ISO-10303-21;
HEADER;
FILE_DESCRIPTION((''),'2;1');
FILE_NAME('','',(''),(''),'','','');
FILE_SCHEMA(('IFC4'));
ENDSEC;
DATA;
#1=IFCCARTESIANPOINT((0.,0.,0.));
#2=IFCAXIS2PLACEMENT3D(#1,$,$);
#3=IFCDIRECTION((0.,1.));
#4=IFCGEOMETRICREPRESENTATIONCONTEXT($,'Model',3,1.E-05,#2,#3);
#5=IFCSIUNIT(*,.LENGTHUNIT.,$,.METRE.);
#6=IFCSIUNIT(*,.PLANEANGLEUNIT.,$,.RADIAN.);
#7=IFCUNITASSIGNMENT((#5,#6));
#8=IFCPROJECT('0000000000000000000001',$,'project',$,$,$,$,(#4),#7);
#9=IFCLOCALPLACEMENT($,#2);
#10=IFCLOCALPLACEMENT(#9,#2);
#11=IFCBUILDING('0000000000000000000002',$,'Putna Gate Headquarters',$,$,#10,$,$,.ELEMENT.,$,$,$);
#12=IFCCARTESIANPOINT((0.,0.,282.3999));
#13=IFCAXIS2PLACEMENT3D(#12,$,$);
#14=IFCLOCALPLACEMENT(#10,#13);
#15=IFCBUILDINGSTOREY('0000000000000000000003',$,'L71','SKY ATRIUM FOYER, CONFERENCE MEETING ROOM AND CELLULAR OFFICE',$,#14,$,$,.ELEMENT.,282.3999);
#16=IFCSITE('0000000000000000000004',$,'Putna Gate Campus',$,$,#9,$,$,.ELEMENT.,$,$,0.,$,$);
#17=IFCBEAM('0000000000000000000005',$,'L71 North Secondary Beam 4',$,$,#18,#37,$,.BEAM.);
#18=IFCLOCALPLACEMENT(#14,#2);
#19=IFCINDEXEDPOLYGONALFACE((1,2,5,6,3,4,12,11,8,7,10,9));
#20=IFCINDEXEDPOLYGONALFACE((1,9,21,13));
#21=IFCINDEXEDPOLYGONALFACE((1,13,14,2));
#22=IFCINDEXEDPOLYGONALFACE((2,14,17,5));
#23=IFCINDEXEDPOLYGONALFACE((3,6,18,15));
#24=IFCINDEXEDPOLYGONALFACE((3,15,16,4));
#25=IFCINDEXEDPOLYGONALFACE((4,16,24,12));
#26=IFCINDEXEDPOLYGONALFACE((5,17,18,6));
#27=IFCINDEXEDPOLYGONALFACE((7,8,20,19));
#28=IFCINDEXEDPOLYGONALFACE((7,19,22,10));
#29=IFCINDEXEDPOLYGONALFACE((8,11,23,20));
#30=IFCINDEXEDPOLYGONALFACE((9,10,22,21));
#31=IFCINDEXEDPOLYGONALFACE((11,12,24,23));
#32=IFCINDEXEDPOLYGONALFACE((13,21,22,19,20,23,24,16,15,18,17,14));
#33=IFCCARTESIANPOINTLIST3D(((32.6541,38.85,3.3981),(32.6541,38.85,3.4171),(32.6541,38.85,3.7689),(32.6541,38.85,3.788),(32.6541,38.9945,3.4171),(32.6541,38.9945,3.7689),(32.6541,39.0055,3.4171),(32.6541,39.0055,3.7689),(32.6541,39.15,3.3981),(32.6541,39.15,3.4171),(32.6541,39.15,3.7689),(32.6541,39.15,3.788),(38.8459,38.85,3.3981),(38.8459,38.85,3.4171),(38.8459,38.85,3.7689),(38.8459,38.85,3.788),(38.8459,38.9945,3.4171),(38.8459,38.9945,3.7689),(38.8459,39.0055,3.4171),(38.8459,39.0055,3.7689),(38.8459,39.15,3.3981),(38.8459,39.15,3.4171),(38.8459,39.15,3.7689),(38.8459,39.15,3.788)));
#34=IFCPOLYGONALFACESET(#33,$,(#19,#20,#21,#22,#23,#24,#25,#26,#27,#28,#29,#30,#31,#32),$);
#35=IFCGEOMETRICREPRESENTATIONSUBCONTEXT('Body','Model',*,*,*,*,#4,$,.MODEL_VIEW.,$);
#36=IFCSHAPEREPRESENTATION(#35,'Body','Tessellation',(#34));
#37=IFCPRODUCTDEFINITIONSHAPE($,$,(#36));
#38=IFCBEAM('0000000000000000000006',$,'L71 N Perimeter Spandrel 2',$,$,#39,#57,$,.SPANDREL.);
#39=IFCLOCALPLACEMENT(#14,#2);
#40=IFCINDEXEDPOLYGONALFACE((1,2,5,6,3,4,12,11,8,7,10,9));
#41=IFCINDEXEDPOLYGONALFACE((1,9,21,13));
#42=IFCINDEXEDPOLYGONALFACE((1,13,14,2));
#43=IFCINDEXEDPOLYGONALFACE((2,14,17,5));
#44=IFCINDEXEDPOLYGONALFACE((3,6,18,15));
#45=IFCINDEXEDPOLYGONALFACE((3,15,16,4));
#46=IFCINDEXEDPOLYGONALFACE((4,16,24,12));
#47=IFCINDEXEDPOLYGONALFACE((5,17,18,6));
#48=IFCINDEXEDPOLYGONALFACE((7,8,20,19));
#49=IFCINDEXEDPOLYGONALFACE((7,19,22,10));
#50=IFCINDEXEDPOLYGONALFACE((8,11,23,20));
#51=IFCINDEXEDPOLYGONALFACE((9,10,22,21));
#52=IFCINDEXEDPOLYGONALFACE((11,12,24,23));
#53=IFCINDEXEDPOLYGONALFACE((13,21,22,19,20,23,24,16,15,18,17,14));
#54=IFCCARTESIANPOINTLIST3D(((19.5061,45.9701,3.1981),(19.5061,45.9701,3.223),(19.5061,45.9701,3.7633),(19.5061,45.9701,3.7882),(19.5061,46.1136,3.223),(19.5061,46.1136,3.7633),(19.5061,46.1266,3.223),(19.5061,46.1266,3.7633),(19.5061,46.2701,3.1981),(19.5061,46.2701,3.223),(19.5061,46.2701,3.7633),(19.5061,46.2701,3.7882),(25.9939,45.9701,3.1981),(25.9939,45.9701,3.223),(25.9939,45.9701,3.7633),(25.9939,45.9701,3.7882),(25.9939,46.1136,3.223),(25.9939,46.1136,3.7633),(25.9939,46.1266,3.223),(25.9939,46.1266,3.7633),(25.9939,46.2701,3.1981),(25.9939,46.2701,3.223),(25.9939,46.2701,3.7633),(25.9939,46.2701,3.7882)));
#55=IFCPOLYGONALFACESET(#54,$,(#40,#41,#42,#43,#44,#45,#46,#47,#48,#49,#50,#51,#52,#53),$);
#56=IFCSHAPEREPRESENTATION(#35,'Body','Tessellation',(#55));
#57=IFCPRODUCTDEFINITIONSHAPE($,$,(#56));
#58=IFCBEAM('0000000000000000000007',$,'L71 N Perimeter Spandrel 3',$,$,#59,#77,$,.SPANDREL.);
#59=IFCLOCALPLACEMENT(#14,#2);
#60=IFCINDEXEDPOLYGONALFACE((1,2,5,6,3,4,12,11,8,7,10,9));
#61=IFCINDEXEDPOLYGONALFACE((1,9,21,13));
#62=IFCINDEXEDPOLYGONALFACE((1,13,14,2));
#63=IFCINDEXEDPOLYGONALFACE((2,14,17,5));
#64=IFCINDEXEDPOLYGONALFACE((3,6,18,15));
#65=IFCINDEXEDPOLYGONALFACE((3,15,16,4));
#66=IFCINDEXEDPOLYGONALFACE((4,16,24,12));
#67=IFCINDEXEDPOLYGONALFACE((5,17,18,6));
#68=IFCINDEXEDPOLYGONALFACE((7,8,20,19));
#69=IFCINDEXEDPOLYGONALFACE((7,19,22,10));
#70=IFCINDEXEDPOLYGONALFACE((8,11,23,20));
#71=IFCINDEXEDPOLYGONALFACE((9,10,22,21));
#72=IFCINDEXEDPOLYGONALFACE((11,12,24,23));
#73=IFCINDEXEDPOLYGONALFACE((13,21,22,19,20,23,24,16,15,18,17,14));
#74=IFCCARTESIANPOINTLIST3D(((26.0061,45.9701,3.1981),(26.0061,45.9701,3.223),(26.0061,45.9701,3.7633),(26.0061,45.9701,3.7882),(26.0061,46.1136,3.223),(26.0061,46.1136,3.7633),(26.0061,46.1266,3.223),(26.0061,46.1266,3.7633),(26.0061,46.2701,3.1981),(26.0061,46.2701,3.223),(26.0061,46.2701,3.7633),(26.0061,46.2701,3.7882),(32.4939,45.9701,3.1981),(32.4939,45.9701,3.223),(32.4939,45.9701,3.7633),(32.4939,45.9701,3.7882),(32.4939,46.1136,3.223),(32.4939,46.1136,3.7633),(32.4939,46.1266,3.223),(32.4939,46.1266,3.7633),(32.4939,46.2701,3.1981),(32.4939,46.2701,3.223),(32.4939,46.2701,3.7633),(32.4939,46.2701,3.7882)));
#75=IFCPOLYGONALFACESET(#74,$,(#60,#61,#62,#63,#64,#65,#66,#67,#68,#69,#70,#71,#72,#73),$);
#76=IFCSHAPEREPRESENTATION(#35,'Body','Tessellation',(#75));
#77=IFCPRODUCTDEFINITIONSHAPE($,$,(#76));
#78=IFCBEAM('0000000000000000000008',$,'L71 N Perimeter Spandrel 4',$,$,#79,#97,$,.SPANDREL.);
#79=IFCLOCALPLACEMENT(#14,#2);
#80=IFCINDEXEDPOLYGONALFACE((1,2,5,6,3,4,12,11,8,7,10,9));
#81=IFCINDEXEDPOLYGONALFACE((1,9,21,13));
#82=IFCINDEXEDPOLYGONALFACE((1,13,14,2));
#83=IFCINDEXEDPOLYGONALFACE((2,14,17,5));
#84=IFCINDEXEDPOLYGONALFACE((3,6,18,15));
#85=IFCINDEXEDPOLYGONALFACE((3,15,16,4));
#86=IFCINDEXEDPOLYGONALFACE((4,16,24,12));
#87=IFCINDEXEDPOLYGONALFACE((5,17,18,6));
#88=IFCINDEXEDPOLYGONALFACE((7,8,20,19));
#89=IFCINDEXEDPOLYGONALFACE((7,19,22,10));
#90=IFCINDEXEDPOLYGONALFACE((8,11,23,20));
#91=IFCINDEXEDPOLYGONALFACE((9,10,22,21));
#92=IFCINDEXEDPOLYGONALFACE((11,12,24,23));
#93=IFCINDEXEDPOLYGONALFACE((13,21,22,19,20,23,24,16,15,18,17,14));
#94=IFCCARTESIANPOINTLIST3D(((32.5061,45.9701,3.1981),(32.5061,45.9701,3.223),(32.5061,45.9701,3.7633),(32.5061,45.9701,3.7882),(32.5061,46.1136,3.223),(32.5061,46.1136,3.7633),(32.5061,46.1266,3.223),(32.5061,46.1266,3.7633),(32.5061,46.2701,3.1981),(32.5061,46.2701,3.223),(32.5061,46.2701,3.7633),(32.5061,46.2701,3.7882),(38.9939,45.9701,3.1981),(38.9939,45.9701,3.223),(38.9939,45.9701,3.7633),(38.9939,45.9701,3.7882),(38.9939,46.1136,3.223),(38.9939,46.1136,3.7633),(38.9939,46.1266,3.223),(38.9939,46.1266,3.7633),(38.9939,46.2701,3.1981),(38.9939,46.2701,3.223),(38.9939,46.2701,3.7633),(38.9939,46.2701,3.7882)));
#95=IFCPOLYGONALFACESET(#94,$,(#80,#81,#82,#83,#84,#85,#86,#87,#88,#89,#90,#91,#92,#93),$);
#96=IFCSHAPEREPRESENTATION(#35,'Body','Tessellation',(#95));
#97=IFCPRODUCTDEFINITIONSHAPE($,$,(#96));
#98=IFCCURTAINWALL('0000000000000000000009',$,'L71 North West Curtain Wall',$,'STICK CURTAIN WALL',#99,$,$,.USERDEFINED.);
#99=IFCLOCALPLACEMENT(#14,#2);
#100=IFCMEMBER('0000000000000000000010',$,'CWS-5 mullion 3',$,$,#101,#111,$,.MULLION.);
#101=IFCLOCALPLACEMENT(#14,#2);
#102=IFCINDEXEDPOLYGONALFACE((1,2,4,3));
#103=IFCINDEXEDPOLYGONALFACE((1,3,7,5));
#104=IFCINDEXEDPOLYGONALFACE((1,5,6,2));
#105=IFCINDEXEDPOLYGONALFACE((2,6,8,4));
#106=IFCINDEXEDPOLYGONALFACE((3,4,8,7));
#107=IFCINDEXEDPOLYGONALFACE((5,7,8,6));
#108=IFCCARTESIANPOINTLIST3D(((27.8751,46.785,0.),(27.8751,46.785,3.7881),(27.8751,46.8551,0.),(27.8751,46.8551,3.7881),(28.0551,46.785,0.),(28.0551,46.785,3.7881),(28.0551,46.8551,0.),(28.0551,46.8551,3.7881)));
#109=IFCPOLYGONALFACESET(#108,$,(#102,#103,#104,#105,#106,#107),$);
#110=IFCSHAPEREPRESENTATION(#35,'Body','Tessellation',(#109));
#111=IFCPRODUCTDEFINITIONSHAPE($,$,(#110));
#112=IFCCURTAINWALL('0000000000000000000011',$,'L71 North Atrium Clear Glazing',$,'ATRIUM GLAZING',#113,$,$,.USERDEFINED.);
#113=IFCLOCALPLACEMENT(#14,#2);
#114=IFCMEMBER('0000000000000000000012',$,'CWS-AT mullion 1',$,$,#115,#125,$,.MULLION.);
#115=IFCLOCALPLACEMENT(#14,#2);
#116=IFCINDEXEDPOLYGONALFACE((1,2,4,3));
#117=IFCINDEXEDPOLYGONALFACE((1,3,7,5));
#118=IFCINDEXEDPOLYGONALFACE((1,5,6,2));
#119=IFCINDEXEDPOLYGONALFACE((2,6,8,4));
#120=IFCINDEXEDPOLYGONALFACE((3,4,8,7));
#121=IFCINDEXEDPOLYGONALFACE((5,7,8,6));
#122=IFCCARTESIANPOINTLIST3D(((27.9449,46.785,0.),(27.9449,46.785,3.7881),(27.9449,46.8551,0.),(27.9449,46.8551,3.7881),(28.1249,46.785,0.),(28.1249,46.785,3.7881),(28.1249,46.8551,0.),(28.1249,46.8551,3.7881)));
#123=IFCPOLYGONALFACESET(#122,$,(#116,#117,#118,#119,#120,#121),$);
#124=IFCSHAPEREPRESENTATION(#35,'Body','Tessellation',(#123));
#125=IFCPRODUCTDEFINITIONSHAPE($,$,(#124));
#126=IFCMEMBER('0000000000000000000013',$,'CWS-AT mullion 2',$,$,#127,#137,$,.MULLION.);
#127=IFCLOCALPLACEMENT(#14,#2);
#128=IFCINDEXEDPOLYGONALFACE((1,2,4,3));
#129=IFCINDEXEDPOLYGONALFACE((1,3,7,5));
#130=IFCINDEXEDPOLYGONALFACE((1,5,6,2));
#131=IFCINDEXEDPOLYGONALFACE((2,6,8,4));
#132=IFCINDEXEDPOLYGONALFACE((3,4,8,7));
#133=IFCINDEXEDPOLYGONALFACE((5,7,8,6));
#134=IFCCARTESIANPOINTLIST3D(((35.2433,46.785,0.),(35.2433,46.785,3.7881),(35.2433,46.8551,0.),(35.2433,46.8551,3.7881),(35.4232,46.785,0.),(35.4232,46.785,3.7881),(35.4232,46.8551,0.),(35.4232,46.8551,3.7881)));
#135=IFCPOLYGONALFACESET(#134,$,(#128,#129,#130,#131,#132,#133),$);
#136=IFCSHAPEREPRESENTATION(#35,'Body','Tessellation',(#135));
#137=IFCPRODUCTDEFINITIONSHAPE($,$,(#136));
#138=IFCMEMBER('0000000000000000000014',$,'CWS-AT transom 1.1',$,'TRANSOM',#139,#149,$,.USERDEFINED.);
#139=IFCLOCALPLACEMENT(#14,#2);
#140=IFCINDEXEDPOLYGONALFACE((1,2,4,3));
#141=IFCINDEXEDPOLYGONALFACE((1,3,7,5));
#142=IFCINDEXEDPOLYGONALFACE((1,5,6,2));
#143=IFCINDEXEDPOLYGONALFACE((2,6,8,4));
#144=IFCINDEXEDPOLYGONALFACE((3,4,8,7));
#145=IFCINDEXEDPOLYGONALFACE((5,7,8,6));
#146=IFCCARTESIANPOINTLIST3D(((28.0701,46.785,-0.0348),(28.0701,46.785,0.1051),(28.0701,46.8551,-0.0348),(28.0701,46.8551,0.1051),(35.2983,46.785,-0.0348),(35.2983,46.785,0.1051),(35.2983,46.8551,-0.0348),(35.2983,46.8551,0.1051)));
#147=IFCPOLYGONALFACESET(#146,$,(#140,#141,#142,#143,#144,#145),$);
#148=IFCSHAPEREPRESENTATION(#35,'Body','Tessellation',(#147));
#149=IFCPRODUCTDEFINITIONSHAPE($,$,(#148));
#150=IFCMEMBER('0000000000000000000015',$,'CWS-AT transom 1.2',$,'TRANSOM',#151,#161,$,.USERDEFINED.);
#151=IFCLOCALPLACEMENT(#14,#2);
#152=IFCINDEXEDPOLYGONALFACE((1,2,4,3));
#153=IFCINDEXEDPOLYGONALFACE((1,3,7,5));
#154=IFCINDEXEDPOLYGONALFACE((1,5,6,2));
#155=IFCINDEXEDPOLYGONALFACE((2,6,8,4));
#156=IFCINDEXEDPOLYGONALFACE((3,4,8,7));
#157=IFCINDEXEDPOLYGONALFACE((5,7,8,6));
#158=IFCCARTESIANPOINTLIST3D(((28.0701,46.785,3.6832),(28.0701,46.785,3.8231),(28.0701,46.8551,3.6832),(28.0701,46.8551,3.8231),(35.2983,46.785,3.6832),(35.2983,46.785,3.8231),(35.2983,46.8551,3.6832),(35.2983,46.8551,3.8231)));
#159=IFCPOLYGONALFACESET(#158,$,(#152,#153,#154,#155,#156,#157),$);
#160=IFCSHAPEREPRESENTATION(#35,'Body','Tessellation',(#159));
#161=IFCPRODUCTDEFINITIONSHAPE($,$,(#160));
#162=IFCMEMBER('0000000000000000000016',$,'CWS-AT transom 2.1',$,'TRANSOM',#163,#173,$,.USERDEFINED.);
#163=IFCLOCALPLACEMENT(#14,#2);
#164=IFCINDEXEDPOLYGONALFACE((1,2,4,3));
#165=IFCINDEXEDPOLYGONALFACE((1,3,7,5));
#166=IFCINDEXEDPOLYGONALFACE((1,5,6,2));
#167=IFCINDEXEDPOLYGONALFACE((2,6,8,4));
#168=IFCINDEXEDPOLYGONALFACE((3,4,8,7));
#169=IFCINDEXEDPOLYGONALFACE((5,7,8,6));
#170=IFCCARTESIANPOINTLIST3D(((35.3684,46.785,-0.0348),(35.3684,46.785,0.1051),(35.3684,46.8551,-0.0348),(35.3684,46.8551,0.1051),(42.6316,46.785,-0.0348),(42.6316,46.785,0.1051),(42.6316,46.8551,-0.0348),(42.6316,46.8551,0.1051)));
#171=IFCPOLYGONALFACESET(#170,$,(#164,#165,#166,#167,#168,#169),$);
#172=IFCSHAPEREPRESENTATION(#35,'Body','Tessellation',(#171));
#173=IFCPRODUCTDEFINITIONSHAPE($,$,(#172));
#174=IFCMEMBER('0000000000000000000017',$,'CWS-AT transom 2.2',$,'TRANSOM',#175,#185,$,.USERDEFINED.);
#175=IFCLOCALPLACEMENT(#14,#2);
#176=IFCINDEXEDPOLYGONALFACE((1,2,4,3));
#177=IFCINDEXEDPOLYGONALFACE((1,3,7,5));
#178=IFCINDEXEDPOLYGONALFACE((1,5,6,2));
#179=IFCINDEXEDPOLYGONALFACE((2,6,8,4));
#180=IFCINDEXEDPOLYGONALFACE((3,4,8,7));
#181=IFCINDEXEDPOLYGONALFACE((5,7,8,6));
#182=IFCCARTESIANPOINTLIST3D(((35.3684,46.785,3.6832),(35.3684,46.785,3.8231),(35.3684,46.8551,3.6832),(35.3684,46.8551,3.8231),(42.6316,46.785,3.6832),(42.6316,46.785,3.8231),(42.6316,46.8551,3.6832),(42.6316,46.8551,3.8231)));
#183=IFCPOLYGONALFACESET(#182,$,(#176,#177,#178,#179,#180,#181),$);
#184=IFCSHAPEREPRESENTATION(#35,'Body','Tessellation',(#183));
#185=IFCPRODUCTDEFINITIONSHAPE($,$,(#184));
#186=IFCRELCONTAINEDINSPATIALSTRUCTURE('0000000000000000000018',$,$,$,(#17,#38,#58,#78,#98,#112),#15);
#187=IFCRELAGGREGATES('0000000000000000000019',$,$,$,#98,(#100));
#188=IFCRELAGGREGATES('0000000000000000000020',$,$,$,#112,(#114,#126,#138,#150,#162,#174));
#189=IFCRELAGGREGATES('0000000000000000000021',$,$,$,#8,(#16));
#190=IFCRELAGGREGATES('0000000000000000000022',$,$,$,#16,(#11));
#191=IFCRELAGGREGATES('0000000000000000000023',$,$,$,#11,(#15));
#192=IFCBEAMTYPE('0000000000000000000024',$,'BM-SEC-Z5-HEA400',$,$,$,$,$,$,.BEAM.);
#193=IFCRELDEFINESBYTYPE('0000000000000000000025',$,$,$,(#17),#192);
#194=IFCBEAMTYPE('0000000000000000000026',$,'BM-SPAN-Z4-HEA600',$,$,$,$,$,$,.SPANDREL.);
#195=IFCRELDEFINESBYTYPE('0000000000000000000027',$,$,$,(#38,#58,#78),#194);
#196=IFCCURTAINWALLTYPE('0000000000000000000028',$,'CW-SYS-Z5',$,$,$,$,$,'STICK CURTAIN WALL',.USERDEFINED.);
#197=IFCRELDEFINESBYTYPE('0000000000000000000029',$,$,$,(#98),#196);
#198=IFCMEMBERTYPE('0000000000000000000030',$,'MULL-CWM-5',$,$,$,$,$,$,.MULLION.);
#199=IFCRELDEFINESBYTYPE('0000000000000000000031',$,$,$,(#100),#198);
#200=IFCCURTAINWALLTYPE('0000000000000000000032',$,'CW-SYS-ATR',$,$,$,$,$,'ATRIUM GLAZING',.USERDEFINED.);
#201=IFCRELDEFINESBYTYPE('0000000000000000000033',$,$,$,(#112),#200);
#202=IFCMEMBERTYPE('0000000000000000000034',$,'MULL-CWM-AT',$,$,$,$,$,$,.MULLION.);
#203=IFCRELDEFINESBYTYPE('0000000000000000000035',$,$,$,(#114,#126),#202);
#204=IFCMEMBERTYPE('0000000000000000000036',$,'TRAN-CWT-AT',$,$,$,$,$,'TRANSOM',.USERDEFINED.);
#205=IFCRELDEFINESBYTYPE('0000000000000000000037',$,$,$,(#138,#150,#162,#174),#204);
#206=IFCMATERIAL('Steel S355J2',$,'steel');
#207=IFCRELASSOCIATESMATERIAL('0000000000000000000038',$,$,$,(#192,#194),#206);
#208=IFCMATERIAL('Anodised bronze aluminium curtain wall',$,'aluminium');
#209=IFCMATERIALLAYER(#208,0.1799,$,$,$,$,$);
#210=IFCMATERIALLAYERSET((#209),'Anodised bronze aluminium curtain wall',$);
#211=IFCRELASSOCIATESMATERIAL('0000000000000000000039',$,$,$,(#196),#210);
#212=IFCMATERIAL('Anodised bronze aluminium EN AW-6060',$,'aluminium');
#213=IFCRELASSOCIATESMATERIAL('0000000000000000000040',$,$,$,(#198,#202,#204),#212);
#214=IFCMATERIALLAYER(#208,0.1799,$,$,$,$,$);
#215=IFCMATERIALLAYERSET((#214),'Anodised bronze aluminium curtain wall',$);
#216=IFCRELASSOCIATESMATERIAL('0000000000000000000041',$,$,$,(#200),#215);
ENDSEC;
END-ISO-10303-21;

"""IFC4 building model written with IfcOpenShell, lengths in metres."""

from ifc_helpers import new_model, si_unit, direction, frame, origin, origin_2d, place, context, subcontext, project, spatial, rectangle, i_section, extrude, material, layer, layer_set, material_profile, profile_set, type_object, element, aggregate, save


model = new_model("IFC4")

# Units and contexts
model_context = context("Model", 3, precision=1e-05, world=origin(), true_north=direction((0.0, 1.0)))
body_context = subcontext(model_context, "Body", "Model", "MODEL_VIEW")
ifc_project = project(units=[si_unit("LENGTHUNIT", "METRE"), si_unit("PLANEANGLEUNIT", "RADIAN")], contexts=[model_context])

# Site, building, storey
site_placement = place(None, origin())
site = spatial("IfcSite", under=ifc_project, at=site_placement, Name="Putna Gate Campus", CompositionType="ELEMENT", RefElevation=0.0)
building_placement = place(site_placement, origin())
building = spatial("IfcBuilding", under=site, at=building_placement, Name="Putna Gate Headquarters", CompositionType="ELEMENT")
storey_placement = place(building_placement, frame((0.0, 0.0, 282.3999)))
storey = spatial("IfcBuildingStorey", under=building, at=storey_placement, Name="L71", Description="SKY ATRIUM FOYER, CONFERENCE MEETING ROOM AND CELLULAR OFFICE", CompositionType="ELEMENT", Elevation=282.3999)

# Beams
ifc_material_1 = material(Name="Steel S355J2", Category="steel")
ifc_material_profile_1 = material_profile(ifc_material_1, i_section(OverallWidth=0.3, OverallDepth=0.3899, WebThickness=0.011, FlangeThickness=0.019, at=origin_2d()), Name="Steel S355J2")
ifc_profile_set_1 = profile_set([ifc_material_profile_1], Name="Steel S355J2")
beam_type_1 = type_object("IfcBeamType", Name="BM-SEC-Z5-HEA400", PredefinedType="BEAM", material=ifc_profile_set_1)
beam_1_placement = place(storey_placement, frame((32.6541, 39.0, 3.593), z_axis=(1.0, 0.0, 0.0), x_axis=(0.0, 1.0, 0.0)))
element("IfcBeam", 1, at=beam_1_placement, inside=storey, type_object=beam_type_1, Name="L71 North Secondary Beam 4", PredefinedType="BEAM", context=body_context, shape_type="SweptSolid", body=[
    extrude(i_section(OverallWidth=0.3, OverallDepth=0.3899, WebThickness=0.011, FlangeThickness=0.019, at=origin_2d()), origin(), (0.0, 0.0, 1.0), 6.1919),
])
ifc_material_profile_2 = material_profile(ifc_material_1, i_section(OverallWidth=0.3, OverallDepth=0.5901, WebThickness=0.0129, FlangeThickness=0.0249, at=origin_2d()), Name="Steel S355J2")
ifc_profile_set_2 = profile_set([ifc_material_profile_2], Name="Steel S355J2")
beam_type_2 = type_object("IfcBeamType", Name="BM-SPAN-Z4-HEA600", PredefinedType="SPANDREL", material=ifc_profile_set_2)
for number, where, z_axis, x_axis, name in (
    (2, (19.5061, 46.1201, 3.4932), (1.0, 0.0, 0.0), (0.0, 1.0, 0.0), "L71 N Perimeter Spandrel 2"),
    (3, (26.0061, 46.1201, 3.4932), (1.0, 0.0, 0.0), (0.0, 1.0, 0.0), "L71 N Perimeter Spandrel 3"),
    (4, (32.5061, 46.1201, 3.4932), (1.0, 0.0, 0.0), (0.0, 1.0, 0.0), "L71 N Perimeter Spandrel 4"),
):
    element("IfcBeam", number, at=place(storey_placement, frame(where, z_axis=z_axis, x_axis=x_axis)), inside=storey, type_object=beam_type_2, Name=name, PredefinedType="SPANDREL", context=body_context, shape_type="SweptSolid", body=[
        extrude(i_section(OverallWidth=0.3, OverallDepth=0.5901, WebThickness=0.0129, FlangeThickness=0.0249, at=origin_2d()), origin(), (0.0, 0.0, 1.0), 6.4878),
    ])

# Curtain wall, member
ifc_material_2 = material(Name="Anodised bronze aluminium curtain wall", Category="aluminium")
ifc_layer_1 = layer(ifc_material_2, 0.1799)
ifc_layer_set_1 = layer_set([ifc_layer_1], Name="Anodised bronze aluminium curtain wall")
curtain_wall_type_1 = type_object("IfcCurtainWallType", Name="CW-SYS-Z5", ElementType="STICK CURTAIN WALL", PredefinedType="USERDEFINED", material=ifc_layer_set_1)
curtain_wall_1_placement = place(storey_placement, origin())
curtain_wall_1 = element("IfcCurtainWall", 5, at=curtain_wall_1_placement, inside=storey, type_object=curtain_wall_type_1, Name="L71 North West Curtain Wall", ObjectType="STICK CURTAIN WALL", PredefinedType="USERDEFINED")
ifc_material_3 = material(Name="Anodised bronze aluminium EN AW-6060", Category="aluminium")
ifc_material_profile_3 = material_profile(ifc_material_3, rectangle(XDim=0.0701, YDim=0.1799, at=origin_2d()), Name="Anodised bronze aluminium EN AW-6060")
ifc_profile_set_3 = profile_set([ifc_material_profile_3], Name="Anodised bronze aluminium EN AW-6060")
member_type_1 = type_object("IfcMemberType", Name="MULL-CWM-5", PredefinedType="MULLION", material=ifc_profile_set_3)
member_1_placement = place(storey_placement, frame((27.9651, 46.8201, 0.0), z_axis=(0.0, 0.0, 1.0), x_axis=(0.0, 1.0, 0.0)))
member_1 = element("IfcMember", 6, at=member_1_placement, type_object=member_type_1, Name="CWS-5 mullion 3", PredefinedType="MULLION", context=body_context, shape_type="SweptSolid", body=[
    extrude(rectangle(XDim=0.0701, YDim=0.1799, at=origin_2d()), origin(), (0.0, 0.0, 1.0), 3.7881),
])

# Curtain wall, members
ifc_layer_2 = layer(ifc_material_2, 0.1799)
ifc_layer_set_2 = layer_set([ifc_layer_2], Name="Anodised bronze aluminium curtain wall")
curtain_wall_type_2 = type_object("IfcCurtainWallType", Name="CW-SYS-ATR", ElementType="ATRIUM GLAZING", PredefinedType="USERDEFINED", material=ifc_layer_set_2)
curtain_wall_2_placement = place(storey_placement, origin())
curtain_wall_2 = element("IfcCurtainWall", 7, at=curtain_wall_2_placement, inside=storey, type_object=curtain_wall_type_2, Name="L71 North Atrium Clear Glazing", ObjectType="ATRIUM GLAZING", PredefinedType="USERDEFINED")
ifc_material_profile_4 = material_profile(ifc_material_3, rectangle(XDim=0.0701, YDim=0.1799, at=origin_2d()), Name="Anodised bronze aluminium EN AW-6060")
ifc_profile_set_4 = profile_set([ifc_material_profile_4], Name="Anodised bronze aluminium EN AW-6060")
member_type_2 = type_object("IfcMemberType", Name="MULL-CWM-AT", PredefinedType="MULLION", material=ifc_profile_set_4)
member_2_placement = place(storey_placement, frame((28.0349, 46.8201, 0.0), z_axis=(0.0, 0.0, 1.0), x_axis=(0.0, 1.0, 0.0)))
member_2 = element("IfcMember", 8, at=member_2_placement, type_object=member_type_2, Name="CWS-AT mullion 1", PredefinedType="MULLION", context=body_context, shape_type="SweptSolid", body=[
    extrude(rectangle(XDim=0.0701, YDim=0.1799, at=origin_2d()), origin(), (0.0, 0.0, 1.0), 3.7881),
])
member_3_placement = place(storey_placement, frame((35.3333, 46.8201, 0.0), z_axis=(0.0, 0.0, 1.0), x_axis=(0.0, 1.0, 0.0)))
member_3 = element("IfcMember", 9, at=member_3_placement, type_object=member_type_2, Name="CWS-AT mullion 2", PredefinedType="MULLION", context=body_context, shape_type="SweptSolid", body=[
    extrude(rectangle(XDim=0.0701, YDim=0.1799, at=origin_2d()), origin(), (0.0, 0.0, 1.0), 3.7881),
])
ifc_material_profile_5 = material_profile(ifc_material_3, rectangle(XDim=0.0701, YDim=0.1399, at=origin_2d()), Name="Anodised bronze aluminium EN AW-6060")
ifc_profile_set_5 = profile_set([ifc_material_profile_5], Name="Anodised bronze aluminium EN AW-6060")
member_type_3 = type_object("IfcMemberType", Name="TRAN-CWT-AT", ElementType="TRANSOM", PredefinedType="USERDEFINED", material=ifc_profile_set_5)
member_4_placement = place(storey_placement, frame((28.0701, 46.8201, 0.0352), z_axis=(1.0, 0.0, 0.0), x_axis=(0.0, 1.0, 0.0)))
member_4 = element("IfcMember", 10, at=member_4_placement, type_object=member_type_3, Name="CWS-AT transom 1.1", ObjectType="TRANSOM", PredefinedType="USERDEFINED", context=body_context, shape_type="SweptSolid", body=[
    extrude(rectangle(XDim=0.0701, YDim=0.1399, at=origin_2d()), origin(), (0.0, 0.0, 1.0), 7.2283),
])
member_5_placement = place(storey_placement, frame((28.0701, 46.8201, 3.7532), z_axis=(1.0, 0.0, 0.0), x_axis=(0.0, 1.0, 0.0)))
member_5 = element("IfcMember", 11, at=member_5_placement, type_object=member_type_3, Name="CWS-AT transom 1.2", ObjectType="TRANSOM", PredefinedType="USERDEFINED", context=body_context, shape_type="SweptSolid", body=[
    extrude(rectangle(XDim=0.0701, YDim=0.1399, at=origin_2d()), origin(), (0.0, 0.0, 1.0), 7.2283),
])
member_6_placement = place(storey_placement, frame((35.3684, 46.8201, 0.0352), z_axis=(1.0, 0.0, 0.0), x_axis=(0.0, 1.0, 0.0)))
member_6 = element("IfcMember", 12, at=member_6_placement, type_object=member_type_3, Name="CWS-AT transom 2.1", ObjectType="TRANSOM", PredefinedType="USERDEFINED", context=body_context, shape_type="SweptSolid", body=[
    extrude(rectangle(XDim=0.0701, YDim=0.1399, at=origin_2d()), origin(), (0.0, 0.0, 1.0), 7.2632),
])
member_7_placement = place(storey_placement, frame((35.3684, 46.8201, 3.7532), z_axis=(1.0, 0.0, 0.0), x_axis=(0.0, 1.0, 0.0)))
member_7 = element("IfcMember", 13, at=member_7_placement, type_object=member_type_3, Name="CWS-AT transom 2.2", ObjectType="TRANSOM", PredefinedType="USERDEFINED", context=body_context, shape_type="SweptSolid", body=[
    extrude(rectangle(XDim=0.0701, YDim=0.1399, at=origin_2d()), origin(), (0.0, 0.0, 1.0), 7.2632),
])

aggregate(curtain_wall_1, [member_1])
aggregate(curtain_wall_2, [member_2, member_3, member_4, member_5, member_6, member_7])

save(model, "model.ifc")
